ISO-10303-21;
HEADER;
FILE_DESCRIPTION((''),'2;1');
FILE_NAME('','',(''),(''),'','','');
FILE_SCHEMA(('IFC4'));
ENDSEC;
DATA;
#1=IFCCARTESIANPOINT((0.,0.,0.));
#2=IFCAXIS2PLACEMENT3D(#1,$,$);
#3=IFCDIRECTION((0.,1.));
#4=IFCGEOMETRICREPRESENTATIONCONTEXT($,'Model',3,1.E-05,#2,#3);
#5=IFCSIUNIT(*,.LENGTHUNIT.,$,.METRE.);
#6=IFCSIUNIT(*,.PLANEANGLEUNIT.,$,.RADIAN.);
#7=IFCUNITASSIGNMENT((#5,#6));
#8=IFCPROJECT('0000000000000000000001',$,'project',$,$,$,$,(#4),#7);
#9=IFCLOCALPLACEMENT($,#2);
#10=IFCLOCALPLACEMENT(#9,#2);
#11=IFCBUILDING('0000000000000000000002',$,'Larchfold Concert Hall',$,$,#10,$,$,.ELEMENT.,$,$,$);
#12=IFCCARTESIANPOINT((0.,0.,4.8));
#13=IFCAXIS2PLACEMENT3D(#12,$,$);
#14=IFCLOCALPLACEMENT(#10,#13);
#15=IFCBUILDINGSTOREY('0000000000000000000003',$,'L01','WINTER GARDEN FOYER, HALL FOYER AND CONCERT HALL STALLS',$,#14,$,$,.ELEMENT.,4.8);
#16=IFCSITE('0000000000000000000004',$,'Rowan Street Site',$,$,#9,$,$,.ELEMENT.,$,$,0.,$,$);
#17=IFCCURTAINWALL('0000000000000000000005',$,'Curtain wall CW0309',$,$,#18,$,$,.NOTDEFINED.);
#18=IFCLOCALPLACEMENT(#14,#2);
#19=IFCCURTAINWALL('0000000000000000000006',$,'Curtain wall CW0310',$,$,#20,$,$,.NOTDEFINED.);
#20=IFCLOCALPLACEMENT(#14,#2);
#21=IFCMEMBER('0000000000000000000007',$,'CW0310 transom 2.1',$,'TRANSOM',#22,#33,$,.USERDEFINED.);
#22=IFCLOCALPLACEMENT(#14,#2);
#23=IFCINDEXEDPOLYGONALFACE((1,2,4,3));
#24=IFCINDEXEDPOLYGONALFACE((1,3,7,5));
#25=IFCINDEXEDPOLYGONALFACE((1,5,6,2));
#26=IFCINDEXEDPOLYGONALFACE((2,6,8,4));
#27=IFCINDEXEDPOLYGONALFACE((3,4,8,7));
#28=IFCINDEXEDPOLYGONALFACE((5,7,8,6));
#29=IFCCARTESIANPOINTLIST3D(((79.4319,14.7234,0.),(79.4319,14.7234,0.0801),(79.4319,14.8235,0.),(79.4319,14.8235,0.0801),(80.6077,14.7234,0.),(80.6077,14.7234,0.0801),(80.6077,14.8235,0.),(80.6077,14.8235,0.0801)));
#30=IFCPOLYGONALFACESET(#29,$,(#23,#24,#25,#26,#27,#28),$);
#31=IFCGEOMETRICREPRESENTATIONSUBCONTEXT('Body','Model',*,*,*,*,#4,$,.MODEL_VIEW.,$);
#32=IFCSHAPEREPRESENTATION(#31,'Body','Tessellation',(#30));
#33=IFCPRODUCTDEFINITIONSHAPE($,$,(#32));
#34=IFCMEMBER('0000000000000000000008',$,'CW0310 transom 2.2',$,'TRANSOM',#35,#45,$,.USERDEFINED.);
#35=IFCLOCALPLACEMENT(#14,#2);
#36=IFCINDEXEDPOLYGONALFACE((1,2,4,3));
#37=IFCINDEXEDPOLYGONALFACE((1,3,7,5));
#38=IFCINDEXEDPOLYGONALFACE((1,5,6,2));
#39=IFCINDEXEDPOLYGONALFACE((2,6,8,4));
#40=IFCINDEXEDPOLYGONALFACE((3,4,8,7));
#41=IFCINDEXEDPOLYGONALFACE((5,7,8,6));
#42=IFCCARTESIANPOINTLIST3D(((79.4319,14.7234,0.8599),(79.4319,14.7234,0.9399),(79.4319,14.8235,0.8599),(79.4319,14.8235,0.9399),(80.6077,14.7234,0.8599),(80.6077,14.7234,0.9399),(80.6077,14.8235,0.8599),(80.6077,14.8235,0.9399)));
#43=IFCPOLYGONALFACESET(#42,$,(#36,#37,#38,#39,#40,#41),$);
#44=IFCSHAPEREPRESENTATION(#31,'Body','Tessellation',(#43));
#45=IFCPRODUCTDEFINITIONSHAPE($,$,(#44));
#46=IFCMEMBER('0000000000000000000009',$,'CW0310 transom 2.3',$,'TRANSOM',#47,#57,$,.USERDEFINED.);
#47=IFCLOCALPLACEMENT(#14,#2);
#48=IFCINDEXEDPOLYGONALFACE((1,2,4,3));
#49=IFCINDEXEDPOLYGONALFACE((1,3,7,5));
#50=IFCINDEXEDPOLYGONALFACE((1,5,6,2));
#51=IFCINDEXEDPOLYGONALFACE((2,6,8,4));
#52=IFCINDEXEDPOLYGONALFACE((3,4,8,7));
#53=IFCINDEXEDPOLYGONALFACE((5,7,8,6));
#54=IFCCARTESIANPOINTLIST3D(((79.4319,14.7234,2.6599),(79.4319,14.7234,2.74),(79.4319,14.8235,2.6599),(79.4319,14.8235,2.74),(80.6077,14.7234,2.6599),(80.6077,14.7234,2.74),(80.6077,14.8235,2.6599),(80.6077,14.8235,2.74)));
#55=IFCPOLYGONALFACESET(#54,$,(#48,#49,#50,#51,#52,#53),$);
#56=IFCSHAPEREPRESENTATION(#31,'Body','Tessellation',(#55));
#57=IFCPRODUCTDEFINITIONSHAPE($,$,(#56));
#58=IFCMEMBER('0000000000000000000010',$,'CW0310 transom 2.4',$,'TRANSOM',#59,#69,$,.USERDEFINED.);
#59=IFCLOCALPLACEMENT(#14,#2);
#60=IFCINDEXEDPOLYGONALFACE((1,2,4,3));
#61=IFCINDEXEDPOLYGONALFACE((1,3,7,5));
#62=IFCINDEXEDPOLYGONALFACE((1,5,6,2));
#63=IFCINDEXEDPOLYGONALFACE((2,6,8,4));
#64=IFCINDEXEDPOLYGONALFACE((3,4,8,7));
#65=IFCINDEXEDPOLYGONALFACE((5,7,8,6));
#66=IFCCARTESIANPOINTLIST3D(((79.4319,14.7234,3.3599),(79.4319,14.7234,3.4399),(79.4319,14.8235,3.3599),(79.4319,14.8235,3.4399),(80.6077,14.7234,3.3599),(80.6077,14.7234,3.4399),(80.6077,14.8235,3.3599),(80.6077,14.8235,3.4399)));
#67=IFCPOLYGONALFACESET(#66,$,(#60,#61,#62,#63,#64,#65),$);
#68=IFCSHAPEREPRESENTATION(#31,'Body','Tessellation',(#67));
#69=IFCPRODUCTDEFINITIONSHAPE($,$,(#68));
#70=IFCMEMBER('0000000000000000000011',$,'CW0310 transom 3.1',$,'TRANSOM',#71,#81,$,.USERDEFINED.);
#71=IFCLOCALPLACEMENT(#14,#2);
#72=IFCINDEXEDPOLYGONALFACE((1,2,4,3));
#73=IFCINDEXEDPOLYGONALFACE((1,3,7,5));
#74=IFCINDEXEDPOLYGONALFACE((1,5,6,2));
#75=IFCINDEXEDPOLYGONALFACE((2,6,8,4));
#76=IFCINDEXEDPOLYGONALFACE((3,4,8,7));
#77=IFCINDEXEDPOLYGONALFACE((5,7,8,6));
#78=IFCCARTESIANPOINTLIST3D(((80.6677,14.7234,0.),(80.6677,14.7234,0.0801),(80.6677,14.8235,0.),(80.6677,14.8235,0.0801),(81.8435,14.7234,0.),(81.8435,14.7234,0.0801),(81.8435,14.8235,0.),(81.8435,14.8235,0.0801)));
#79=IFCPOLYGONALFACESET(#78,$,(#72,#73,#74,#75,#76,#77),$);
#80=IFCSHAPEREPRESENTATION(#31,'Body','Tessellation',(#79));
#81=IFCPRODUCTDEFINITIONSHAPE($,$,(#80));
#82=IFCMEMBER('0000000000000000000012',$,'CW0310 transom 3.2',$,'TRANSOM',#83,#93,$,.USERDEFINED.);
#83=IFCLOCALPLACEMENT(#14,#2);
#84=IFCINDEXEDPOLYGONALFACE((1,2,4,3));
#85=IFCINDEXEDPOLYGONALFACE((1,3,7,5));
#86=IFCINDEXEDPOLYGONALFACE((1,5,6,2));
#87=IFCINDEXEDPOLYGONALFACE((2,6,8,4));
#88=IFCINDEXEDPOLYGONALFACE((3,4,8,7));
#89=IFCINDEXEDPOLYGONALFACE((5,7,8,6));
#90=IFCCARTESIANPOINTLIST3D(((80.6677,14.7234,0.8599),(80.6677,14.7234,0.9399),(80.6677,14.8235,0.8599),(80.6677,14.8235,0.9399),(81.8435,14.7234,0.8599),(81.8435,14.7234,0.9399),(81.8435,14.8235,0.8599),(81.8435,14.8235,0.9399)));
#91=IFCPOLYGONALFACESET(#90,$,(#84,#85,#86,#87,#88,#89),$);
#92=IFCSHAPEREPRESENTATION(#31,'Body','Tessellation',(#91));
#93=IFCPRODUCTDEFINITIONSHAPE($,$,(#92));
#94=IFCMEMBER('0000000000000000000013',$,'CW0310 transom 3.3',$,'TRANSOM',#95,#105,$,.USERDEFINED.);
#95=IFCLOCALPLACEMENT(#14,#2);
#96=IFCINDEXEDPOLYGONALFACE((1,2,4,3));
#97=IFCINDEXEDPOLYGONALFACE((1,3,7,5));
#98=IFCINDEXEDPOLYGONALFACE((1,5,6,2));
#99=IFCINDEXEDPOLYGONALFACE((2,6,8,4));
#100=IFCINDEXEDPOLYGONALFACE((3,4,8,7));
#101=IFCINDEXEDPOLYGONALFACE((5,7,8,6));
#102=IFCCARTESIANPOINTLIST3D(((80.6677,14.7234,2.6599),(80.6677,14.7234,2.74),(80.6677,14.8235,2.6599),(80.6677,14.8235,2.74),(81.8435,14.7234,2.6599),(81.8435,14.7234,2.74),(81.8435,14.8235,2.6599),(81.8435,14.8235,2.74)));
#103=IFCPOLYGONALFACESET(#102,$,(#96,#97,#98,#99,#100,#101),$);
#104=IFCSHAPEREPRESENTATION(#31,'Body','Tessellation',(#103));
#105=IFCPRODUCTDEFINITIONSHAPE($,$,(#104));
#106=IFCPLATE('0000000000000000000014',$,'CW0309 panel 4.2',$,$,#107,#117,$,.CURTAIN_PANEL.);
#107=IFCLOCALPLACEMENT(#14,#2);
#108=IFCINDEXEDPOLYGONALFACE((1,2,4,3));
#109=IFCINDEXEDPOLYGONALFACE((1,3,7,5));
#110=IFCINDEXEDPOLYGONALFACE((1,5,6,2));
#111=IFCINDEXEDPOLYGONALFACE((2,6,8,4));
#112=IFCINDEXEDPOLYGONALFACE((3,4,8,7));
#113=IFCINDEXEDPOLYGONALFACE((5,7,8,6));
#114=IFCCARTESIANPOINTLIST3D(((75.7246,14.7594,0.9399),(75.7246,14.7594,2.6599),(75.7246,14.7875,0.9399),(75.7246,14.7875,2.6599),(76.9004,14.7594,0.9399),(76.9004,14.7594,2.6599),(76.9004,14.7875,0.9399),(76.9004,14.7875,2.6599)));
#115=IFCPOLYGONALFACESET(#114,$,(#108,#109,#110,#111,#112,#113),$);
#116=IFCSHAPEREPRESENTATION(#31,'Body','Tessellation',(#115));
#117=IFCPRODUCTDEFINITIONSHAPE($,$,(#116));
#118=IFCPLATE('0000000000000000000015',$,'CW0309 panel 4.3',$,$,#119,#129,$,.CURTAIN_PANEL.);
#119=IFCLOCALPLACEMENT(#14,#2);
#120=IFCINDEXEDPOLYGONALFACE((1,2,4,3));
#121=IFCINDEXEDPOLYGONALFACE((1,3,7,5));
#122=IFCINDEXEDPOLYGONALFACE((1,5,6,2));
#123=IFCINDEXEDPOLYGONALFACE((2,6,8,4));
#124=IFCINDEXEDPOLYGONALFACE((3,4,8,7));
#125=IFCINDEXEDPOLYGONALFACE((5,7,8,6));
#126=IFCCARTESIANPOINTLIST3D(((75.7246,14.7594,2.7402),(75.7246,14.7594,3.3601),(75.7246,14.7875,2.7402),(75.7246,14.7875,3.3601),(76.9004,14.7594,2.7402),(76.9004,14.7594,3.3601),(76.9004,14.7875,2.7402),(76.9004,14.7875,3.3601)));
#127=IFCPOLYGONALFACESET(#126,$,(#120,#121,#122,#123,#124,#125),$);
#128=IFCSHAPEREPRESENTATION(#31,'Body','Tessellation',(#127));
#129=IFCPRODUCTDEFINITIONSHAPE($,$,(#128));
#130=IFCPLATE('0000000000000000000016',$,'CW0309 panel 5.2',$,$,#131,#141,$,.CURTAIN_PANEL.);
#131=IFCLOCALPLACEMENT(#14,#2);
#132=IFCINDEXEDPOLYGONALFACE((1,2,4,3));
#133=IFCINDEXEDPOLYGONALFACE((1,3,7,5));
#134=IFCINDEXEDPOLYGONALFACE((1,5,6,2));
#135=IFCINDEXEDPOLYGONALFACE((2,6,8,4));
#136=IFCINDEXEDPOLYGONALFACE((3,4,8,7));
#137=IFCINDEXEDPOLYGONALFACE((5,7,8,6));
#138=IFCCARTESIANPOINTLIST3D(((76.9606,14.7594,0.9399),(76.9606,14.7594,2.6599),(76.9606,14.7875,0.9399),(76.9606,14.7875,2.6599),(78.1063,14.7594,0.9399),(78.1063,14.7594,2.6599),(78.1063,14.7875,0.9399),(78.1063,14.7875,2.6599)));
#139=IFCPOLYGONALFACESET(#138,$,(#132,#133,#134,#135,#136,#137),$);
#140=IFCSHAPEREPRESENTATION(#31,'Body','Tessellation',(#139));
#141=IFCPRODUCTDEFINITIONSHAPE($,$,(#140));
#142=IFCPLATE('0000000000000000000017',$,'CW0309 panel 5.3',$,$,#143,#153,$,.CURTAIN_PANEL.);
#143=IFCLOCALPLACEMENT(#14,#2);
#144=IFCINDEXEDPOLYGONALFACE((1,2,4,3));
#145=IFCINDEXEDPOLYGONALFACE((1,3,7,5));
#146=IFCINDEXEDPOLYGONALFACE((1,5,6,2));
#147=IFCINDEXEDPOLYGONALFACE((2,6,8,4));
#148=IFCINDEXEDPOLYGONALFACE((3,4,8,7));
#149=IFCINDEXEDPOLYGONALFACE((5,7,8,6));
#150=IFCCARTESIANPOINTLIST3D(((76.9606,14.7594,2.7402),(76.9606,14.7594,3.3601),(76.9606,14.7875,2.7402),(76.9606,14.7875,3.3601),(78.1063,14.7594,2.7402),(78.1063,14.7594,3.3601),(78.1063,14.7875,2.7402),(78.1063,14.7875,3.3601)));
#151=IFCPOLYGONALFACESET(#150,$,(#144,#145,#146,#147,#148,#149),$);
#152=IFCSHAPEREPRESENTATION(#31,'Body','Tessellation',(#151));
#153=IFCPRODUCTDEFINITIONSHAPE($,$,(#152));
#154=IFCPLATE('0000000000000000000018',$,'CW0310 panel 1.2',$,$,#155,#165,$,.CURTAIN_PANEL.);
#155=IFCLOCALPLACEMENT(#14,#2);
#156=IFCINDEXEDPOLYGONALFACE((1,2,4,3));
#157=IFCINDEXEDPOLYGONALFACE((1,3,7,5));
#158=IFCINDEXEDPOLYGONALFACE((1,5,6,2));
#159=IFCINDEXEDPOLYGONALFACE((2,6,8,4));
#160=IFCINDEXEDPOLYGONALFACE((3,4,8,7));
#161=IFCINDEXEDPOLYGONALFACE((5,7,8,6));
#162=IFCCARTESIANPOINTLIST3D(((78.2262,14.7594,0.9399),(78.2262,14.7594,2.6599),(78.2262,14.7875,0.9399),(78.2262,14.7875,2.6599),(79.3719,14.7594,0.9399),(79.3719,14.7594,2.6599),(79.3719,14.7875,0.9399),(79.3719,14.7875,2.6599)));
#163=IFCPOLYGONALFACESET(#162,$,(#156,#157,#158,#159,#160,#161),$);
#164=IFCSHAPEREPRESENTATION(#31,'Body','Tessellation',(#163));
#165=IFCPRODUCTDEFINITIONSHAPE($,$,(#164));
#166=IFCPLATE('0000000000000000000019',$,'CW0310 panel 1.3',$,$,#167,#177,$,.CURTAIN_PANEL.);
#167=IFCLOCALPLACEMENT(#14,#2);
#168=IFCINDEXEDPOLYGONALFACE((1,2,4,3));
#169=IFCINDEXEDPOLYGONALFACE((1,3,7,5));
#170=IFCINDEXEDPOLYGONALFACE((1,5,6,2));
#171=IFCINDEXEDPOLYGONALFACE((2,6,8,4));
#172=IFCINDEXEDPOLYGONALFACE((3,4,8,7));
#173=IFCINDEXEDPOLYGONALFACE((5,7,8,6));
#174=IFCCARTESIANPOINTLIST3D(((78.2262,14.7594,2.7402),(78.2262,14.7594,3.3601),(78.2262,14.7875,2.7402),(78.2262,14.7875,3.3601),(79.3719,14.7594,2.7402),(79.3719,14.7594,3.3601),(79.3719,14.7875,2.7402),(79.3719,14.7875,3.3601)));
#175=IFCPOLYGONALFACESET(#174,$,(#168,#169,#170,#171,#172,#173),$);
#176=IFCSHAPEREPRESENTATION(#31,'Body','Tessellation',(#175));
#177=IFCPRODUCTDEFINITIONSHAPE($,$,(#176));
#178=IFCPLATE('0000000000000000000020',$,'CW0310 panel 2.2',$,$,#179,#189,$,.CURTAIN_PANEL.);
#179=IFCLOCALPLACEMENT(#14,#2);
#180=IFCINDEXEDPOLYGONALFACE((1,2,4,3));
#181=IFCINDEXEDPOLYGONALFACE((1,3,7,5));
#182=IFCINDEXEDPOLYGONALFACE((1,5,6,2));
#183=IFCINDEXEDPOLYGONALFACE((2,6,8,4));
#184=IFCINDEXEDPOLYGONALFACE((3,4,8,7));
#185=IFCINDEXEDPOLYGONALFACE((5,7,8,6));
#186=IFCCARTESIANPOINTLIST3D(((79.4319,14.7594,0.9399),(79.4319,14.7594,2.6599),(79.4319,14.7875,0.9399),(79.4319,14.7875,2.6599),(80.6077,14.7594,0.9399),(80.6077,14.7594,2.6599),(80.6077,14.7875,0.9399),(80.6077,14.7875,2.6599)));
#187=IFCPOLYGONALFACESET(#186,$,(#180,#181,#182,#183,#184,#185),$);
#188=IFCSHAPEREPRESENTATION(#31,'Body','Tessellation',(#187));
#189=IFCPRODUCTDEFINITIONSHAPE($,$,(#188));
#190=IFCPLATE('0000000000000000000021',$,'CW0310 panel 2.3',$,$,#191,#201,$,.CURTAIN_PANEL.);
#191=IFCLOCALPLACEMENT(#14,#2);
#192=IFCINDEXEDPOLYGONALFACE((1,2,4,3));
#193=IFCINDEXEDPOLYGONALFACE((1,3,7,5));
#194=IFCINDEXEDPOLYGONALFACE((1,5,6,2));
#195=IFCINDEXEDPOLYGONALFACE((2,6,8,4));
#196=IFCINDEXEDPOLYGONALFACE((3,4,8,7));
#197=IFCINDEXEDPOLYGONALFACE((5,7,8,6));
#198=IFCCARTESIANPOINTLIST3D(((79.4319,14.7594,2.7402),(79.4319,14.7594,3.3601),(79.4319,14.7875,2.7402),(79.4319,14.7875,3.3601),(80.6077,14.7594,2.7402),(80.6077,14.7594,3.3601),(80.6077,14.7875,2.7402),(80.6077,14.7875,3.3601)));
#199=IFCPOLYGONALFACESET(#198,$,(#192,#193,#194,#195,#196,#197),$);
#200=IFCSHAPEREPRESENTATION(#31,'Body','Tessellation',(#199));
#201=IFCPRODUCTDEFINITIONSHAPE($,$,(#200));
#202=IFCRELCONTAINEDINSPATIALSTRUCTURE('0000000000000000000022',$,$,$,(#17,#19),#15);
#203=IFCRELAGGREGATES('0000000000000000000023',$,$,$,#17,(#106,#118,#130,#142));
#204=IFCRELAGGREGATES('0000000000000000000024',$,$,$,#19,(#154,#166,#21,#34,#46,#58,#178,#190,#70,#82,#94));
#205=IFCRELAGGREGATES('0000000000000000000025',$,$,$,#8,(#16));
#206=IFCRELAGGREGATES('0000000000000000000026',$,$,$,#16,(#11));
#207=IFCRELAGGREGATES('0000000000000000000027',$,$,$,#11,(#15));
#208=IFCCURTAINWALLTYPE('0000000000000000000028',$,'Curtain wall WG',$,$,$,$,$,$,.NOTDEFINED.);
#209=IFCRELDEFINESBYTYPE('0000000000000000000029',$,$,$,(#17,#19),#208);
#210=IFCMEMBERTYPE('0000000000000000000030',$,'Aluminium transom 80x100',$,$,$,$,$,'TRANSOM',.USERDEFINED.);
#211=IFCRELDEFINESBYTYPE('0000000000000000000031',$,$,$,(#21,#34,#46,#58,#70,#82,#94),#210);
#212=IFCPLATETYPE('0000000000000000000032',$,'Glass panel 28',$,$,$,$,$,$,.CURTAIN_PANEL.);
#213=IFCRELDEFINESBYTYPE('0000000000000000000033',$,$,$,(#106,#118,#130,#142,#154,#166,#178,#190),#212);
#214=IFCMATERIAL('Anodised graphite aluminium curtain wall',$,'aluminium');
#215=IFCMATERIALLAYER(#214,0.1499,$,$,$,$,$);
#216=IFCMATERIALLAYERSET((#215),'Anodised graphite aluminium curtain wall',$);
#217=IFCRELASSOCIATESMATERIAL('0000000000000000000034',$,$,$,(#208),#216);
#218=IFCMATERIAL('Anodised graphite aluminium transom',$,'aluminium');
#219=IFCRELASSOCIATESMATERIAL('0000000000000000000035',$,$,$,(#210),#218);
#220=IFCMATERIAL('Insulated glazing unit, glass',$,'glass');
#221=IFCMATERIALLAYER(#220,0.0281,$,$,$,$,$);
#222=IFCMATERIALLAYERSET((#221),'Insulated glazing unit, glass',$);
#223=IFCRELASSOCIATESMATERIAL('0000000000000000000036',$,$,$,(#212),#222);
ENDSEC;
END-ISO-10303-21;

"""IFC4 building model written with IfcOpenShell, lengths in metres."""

from ifc_helpers import new_model, si_unit, direction, frame, origin, origin_2d, place, context, subcontext, project, spatial, rectangle, extrude, material, layer, layer_set, material_profile, profile_set, type_object, element, aggregate, save


model = new_model("IFC4")

# Units and contexts
model_context = context("Model", 3, precision=1e-05, world=origin(), true_north=direction((0.0, 1.0)))
body_context = subcontext(model_context, "Body", "Model", "MODEL_VIEW")
ifc_project = project(units=[si_unit("LENGTHUNIT", "METRE"), si_unit("PLANEANGLEUNIT", "RADIAN")], contexts=[model_context])

# Site, building, storey
site_placement = place(None, origin())
site = spatial("IfcSite", under=ifc_project, at=site_placement, Name="Rowan Street Site", CompositionType="ELEMENT", RefElevation=0.0)
building_placement = place(site_placement, origin())
building = spatial("IfcBuilding", under=site, at=building_placement, Name="Larchfold Concert Hall", CompositionType="ELEMENT")
storey_placement = place(building_placement, frame((0.0, 0.0, 4.8)))
storey = spatial("IfcBuildingStorey", under=building, at=storey_placement, Name="L01", Description="WINTER GARDEN FOYER, HALL FOYER AND CONCERT HALL STALLS", CompositionType="ELEMENT", Elevation=4.8)

# Curtain walls
ifc_material_1 = material(Name="Anodised graphite aluminium curtain wall", Category="aluminium")
ifc_layer_1 = layer(ifc_material_1, 0.1499)
ifc_layer_set_1 = layer_set([ifc_layer_1], Name="Anodised graphite aluminium curtain wall")
curtain_wall_type = type_object("IfcCurtainWallType", Name="Curtain wall WG", PredefinedType="NOTDEFINED", material=ifc_layer_set_1)
curtain_wall_1_placement = place(storey_placement, origin())
curtain_wall_1 = element("IfcCurtainWall", 1, at=curtain_wall_1_placement, inside=storey, type_object=curtain_wall_type, Name="Curtain wall CW0309", PredefinedType="NOTDEFINED")
curtain_wall_2_placement = place(storey_placement, origin())
curtain_wall_2 = element("IfcCurtainWall", 2, at=curtain_wall_2_placement, inside=storey, type_object=curtain_wall_type, Name="Curtain wall CW0310", PredefinedType="NOTDEFINED")

# Members
ifc_material_2 = material(Name="Anodised graphite aluminium transom", Category="aluminium")
ifc_material_profile_1 = material_profile(ifc_material_2, rectangle(XDim=0.1001, YDim=0.0801, at=origin_2d()))
ifc_profile_set_1 = profile_set([ifc_material_profile_1], Name="Anodised graphite aluminium transom")
member_type_1 = type_object("IfcMemberType", Name="Aluminium transom 80x100", ElementType="TRANSOM", PredefinedType="USERDEFINED", material=ifc_profile_set_1)
member_1_placement = place(storey_placement, frame((79.4319, 14.7734, 0.04), z_axis=(1.0, 0.0, 0.0), x_axis=(0.0, 1.0, 0.0)))
member_1 = element("IfcMember", 3, at=member_1_placement, type_object=member_type_1, Name="CW0310 transom 2.1", ObjectType="TRANSOM", PredefinedType="USERDEFINED", context=body_context, shape_type="SweptSolid", body=[
    extrude(rectangle(XDim=0.1001, YDim=0.0801, at=origin_2d()), origin(), (0.0, 0.0, 1.0), 1.1758),
])
member_2_placement = place(storey_placement, frame((79.4319, 14.7734, 0.8999), z_axis=(1.0, 0.0, 0.0), x_axis=(0.0, 1.0, 0.0)))
member_2 = element("IfcMember", 4, at=member_2_placement, type_object=member_type_1, Name="CW0310 transom 2.2", ObjectType="TRANSOM", PredefinedType="USERDEFINED", context=body_context, shape_type="SweptSolid", body=[
    extrude(rectangle(XDim=0.1001, YDim=0.0801, at=origin_2d()), origin(), (0.0, 0.0, 1.0), 1.1758),
])
member_3_placement = place(storey_placement, frame((79.4319, 14.7734, 2.7), z_axis=(1.0, 0.0, 0.0), x_axis=(0.0, 1.0, 0.0)))
member_3 = element("IfcMember", 5, at=member_3_placement, type_object=member_type_1, Name="CW0310 transom 2.3", ObjectType="TRANSOM", PredefinedType="USERDEFINED", context=body_context, shape_type="SweptSolid", body=[
    extrude(rectangle(XDim=0.1001, YDim=0.0801, at=origin_2d()), origin(), (0.0, 0.0, 1.0), 1.1758),
])
member_4_placement = place(storey_placement, frame((79.4319, 14.7734, 3.3999), z_axis=(1.0, 0.0, 0.0), x_axis=(0.0, 1.0, 0.0)))
member_4 = element("IfcMember", 6, at=member_4_placement, type_object=member_type_1, Name="CW0310 transom 2.4", ObjectType="TRANSOM", PredefinedType="USERDEFINED", context=body_context, shape_type="SweptSolid", body=[
    extrude(rectangle(XDim=0.1001, YDim=0.0801, at=origin_2d()), origin(), (0.0, 0.0, 1.0), 1.1758),
])
member_5_placement = place(storey_placement, frame((80.6677, 14.7734, 0.04), z_axis=(1.0, 0.0, 0.0), x_axis=(0.0, 1.0, 0.0)))
member_5 = element("IfcMember", 7, at=member_5_placement, type_object=member_type_1, Name="CW0310 transom 3.1", ObjectType="TRANSOM", PredefinedType="USERDEFINED", context=body_context, shape_type="SweptSolid", body=[
    extrude(rectangle(XDim=0.1001, YDim=0.0801, at=origin_2d()), origin(), (0.0, 0.0, 1.0), 1.1758),
])
member_6_placement = place(storey_placement, frame((80.6677, 14.7734, 0.8999), z_axis=(1.0, 0.0, 0.0), x_axis=(0.0, 1.0, 0.0)))
member_6 = element("IfcMember", 8, at=member_6_placement, type_object=member_type_1, Name="CW0310 transom 3.2", ObjectType="TRANSOM", PredefinedType="USERDEFINED", context=body_context, shape_type="SweptSolid", body=[
    extrude(rectangle(XDim=0.1001, YDim=0.0801, at=origin_2d()), origin(), (0.0, 0.0, 1.0), 1.1758),
])
member_7_placement = place(storey_placement, frame((80.6677, 14.7734, 2.7), z_axis=(1.0, 0.0, 0.0), x_axis=(0.0, 1.0, 0.0)))
member_7 = element("IfcMember", 9, at=member_7_placement, type_object=member_type_1, Name="CW0310 transom 3.3", ObjectType="TRANSOM", PredefinedType="USERDEFINED", context=body_context, shape_type="SweptSolid", body=[
    extrude(rectangle(XDim=0.1001, YDim=0.0801, at=origin_2d()), origin(), (0.0, 0.0, 1.0), 1.1758),
])

# Plates
ifc_material_3 = material(Name="Insulated glazing unit, glass", Category="glass")
ifc_layer_2 = layer(ifc_material_3, 0.0281)
ifc_layer_set_2 = layer_set([ifc_layer_2], Name="Insulated glazing unit, glass")
plate_type_1 = type_object("IfcPlateType", Name="Glass panel 28", PredefinedType="CURTAIN_PANEL", material=ifc_layer_set_2)
plate_1_placement = place(storey_placement, frame((76.3125, 14.7734, 0.9399), z_axis=(0.0, 0.0, 1.0), x_axis=(1.0, 0.0, 0.0)))
plate_1 = element("IfcPlate", 10, at=plate_1_placement, type_object=plate_type_1, Name="CW0309 panel 4.2", PredefinedType="CURTAIN_PANEL", context=body_context, shape_type="SweptSolid", body=[
    extrude(rectangle(XDim=1.1758, YDim=0.0281, at=origin_2d()), origin(), (0.0, 0.0, 1.0), 1.72),
])
plate_2_placement = place(storey_placement, frame((76.3125, 14.7734, 2.7402), z_axis=(0.0, 0.0, 1.0), x_axis=(1.0, 0.0, 0.0)))
plate_2 = element("IfcPlate", 11, at=plate_2_placement, type_object=plate_type_1, Name="CW0309 panel 4.3", PredefinedType="CURTAIN_PANEL", context=body_context, shape_type="SweptSolid", body=[
    extrude(rectangle(XDim=1.1758, YDim=0.0281, at=origin_2d()), origin(), (0.0, 0.0, 1.0), 0.6199),
])
plate_3_placement = place(storey_placement, frame((77.5334, 14.7734, 0.9399), z_axis=(0.0, 0.0, 1.0), x_axis=(1.0, 0.0, 0.0)))
plate_3 = element("IfcPlate", 12, at=plate_3_placement, type_object=plate_type_1, Name="CW0309 panel 5.2", PredefinedType="CURTAIN_PANEL", context=body_context, shape_type="SweptSolid", body=[
    extrude(rectangle(XDim=1.1458, YDim=0.0281, at=origin_2d()), origin(), (0.0, 0.0, 1.0), 1.72),
])
plate_4_placement = place(storey_placement, frame((77.5334, 14.7734, 2.7402), z_axis=(0.0, 0.0, 1.0), x_axis=(1.0, 0.0, 0.0)))
plate_4 = element("IfcPlate", 13, at=plate_4_placement, type_object=plate_type_1, Name="CW0309 panel 5.3", PredefinedType="CURTAIN_PANEL", context=body_context, shape_type="SweptSolid", body=[
    extrude(rectangle(XDim=1.1458, YDim=0.0281, at=origin_2d()), origin(), (0.0, 0.0, 1.0), 0.6199),
])
plate_5_placement = place(storey_placement, frame((78.7991, 14.7734, 0.9399), z_axis=(0.0, 0.0, 1.0), x_axis=(1.0, 0.0, 0.0)))
plate_5 = element("IfcPlate", 14, at=plate_5_placement, type_object=plate_type_1, Name="CW0310 panel 1.2", PredefinedType="CURTAIN_PANEL", context=body_context, shape_type="SweptSolid", body=[
    extrude(rectangle(XDim=1.1458, YDim=0.0281, at=origin_2d()), origin(), (0.0, 0.0, 1.0), 1.72),
])
plate_6_placement = place(storey_placement, frame((78.7991, 14.7734, 2.7402), z_axis=(0.0, 0.0, 1.0), x_axis=(1.0, 0.0, 0.0)))
plate_6 = element("IfcPlate", 15, at=plate_6_placement, type_object=plate_type_1, Name="CW0310 panel 1.3", PredefinedType="CURTAIN_PANEL", context=body_context, shape_type="SweptSolid", body=[
    extrude(rectangle(XDim=1.1458, YDim=0.0281, at=origin_2d()), origin(), (0.0, 0.0, 1.0), 0.6199),
])
plate_7_placement = place(storey_placement, frame((80.0198, 14.7734, 0.9399), z_axis=(0.0, 0.0, 1.0), x_axis=(1.0, 0.0, 0.0)))
plate_7 = element("IfcPlate", 16, at=plate_7_placement, type_object=plate_type_1, Name="CW0310 panel 2.2", PredefinedType="CURTAIN_PANEL", context=body_context, shape_type="SweptSolid", body=[
    extrude(rectangle(XDim=1.1758, YDim=0.0281, at=origin_2d()), origin(), (0.0, 0.0, 1.0), 1.72),
])
plate_8_placement = place(storey_placement, frame((80.0198, 14.7734, 2.7402), z_axis=(0.0, 0.0, 1.0), x_axis=(1.0, 0.0, 0.0)))
plate_8 = element("IfcPlate", 17, at=plate_8_placement, type_object=plate_type_1, Name="CW0310 panel 2.3", PredefinedType="CURTAIN_PANEL", context=body_context, shape_type="SweptSolid", body=[
    extrude(rectangle(XDim=1.1758, YDim=0.0281, at=origin_2d()), origin(), (0.0, 0.0, 1.0), 0.6199),
])
aggregate(curtain_wall_1, [plate_1, plate_2, plate_3, plate_4])
aggregate(curtain_wall_2, [plate_5, plate_6, member_1, member_2, member_3, member_4, plate_7, plate_8, member_5, member_6, member_7])

save(model, "model.ifc")
